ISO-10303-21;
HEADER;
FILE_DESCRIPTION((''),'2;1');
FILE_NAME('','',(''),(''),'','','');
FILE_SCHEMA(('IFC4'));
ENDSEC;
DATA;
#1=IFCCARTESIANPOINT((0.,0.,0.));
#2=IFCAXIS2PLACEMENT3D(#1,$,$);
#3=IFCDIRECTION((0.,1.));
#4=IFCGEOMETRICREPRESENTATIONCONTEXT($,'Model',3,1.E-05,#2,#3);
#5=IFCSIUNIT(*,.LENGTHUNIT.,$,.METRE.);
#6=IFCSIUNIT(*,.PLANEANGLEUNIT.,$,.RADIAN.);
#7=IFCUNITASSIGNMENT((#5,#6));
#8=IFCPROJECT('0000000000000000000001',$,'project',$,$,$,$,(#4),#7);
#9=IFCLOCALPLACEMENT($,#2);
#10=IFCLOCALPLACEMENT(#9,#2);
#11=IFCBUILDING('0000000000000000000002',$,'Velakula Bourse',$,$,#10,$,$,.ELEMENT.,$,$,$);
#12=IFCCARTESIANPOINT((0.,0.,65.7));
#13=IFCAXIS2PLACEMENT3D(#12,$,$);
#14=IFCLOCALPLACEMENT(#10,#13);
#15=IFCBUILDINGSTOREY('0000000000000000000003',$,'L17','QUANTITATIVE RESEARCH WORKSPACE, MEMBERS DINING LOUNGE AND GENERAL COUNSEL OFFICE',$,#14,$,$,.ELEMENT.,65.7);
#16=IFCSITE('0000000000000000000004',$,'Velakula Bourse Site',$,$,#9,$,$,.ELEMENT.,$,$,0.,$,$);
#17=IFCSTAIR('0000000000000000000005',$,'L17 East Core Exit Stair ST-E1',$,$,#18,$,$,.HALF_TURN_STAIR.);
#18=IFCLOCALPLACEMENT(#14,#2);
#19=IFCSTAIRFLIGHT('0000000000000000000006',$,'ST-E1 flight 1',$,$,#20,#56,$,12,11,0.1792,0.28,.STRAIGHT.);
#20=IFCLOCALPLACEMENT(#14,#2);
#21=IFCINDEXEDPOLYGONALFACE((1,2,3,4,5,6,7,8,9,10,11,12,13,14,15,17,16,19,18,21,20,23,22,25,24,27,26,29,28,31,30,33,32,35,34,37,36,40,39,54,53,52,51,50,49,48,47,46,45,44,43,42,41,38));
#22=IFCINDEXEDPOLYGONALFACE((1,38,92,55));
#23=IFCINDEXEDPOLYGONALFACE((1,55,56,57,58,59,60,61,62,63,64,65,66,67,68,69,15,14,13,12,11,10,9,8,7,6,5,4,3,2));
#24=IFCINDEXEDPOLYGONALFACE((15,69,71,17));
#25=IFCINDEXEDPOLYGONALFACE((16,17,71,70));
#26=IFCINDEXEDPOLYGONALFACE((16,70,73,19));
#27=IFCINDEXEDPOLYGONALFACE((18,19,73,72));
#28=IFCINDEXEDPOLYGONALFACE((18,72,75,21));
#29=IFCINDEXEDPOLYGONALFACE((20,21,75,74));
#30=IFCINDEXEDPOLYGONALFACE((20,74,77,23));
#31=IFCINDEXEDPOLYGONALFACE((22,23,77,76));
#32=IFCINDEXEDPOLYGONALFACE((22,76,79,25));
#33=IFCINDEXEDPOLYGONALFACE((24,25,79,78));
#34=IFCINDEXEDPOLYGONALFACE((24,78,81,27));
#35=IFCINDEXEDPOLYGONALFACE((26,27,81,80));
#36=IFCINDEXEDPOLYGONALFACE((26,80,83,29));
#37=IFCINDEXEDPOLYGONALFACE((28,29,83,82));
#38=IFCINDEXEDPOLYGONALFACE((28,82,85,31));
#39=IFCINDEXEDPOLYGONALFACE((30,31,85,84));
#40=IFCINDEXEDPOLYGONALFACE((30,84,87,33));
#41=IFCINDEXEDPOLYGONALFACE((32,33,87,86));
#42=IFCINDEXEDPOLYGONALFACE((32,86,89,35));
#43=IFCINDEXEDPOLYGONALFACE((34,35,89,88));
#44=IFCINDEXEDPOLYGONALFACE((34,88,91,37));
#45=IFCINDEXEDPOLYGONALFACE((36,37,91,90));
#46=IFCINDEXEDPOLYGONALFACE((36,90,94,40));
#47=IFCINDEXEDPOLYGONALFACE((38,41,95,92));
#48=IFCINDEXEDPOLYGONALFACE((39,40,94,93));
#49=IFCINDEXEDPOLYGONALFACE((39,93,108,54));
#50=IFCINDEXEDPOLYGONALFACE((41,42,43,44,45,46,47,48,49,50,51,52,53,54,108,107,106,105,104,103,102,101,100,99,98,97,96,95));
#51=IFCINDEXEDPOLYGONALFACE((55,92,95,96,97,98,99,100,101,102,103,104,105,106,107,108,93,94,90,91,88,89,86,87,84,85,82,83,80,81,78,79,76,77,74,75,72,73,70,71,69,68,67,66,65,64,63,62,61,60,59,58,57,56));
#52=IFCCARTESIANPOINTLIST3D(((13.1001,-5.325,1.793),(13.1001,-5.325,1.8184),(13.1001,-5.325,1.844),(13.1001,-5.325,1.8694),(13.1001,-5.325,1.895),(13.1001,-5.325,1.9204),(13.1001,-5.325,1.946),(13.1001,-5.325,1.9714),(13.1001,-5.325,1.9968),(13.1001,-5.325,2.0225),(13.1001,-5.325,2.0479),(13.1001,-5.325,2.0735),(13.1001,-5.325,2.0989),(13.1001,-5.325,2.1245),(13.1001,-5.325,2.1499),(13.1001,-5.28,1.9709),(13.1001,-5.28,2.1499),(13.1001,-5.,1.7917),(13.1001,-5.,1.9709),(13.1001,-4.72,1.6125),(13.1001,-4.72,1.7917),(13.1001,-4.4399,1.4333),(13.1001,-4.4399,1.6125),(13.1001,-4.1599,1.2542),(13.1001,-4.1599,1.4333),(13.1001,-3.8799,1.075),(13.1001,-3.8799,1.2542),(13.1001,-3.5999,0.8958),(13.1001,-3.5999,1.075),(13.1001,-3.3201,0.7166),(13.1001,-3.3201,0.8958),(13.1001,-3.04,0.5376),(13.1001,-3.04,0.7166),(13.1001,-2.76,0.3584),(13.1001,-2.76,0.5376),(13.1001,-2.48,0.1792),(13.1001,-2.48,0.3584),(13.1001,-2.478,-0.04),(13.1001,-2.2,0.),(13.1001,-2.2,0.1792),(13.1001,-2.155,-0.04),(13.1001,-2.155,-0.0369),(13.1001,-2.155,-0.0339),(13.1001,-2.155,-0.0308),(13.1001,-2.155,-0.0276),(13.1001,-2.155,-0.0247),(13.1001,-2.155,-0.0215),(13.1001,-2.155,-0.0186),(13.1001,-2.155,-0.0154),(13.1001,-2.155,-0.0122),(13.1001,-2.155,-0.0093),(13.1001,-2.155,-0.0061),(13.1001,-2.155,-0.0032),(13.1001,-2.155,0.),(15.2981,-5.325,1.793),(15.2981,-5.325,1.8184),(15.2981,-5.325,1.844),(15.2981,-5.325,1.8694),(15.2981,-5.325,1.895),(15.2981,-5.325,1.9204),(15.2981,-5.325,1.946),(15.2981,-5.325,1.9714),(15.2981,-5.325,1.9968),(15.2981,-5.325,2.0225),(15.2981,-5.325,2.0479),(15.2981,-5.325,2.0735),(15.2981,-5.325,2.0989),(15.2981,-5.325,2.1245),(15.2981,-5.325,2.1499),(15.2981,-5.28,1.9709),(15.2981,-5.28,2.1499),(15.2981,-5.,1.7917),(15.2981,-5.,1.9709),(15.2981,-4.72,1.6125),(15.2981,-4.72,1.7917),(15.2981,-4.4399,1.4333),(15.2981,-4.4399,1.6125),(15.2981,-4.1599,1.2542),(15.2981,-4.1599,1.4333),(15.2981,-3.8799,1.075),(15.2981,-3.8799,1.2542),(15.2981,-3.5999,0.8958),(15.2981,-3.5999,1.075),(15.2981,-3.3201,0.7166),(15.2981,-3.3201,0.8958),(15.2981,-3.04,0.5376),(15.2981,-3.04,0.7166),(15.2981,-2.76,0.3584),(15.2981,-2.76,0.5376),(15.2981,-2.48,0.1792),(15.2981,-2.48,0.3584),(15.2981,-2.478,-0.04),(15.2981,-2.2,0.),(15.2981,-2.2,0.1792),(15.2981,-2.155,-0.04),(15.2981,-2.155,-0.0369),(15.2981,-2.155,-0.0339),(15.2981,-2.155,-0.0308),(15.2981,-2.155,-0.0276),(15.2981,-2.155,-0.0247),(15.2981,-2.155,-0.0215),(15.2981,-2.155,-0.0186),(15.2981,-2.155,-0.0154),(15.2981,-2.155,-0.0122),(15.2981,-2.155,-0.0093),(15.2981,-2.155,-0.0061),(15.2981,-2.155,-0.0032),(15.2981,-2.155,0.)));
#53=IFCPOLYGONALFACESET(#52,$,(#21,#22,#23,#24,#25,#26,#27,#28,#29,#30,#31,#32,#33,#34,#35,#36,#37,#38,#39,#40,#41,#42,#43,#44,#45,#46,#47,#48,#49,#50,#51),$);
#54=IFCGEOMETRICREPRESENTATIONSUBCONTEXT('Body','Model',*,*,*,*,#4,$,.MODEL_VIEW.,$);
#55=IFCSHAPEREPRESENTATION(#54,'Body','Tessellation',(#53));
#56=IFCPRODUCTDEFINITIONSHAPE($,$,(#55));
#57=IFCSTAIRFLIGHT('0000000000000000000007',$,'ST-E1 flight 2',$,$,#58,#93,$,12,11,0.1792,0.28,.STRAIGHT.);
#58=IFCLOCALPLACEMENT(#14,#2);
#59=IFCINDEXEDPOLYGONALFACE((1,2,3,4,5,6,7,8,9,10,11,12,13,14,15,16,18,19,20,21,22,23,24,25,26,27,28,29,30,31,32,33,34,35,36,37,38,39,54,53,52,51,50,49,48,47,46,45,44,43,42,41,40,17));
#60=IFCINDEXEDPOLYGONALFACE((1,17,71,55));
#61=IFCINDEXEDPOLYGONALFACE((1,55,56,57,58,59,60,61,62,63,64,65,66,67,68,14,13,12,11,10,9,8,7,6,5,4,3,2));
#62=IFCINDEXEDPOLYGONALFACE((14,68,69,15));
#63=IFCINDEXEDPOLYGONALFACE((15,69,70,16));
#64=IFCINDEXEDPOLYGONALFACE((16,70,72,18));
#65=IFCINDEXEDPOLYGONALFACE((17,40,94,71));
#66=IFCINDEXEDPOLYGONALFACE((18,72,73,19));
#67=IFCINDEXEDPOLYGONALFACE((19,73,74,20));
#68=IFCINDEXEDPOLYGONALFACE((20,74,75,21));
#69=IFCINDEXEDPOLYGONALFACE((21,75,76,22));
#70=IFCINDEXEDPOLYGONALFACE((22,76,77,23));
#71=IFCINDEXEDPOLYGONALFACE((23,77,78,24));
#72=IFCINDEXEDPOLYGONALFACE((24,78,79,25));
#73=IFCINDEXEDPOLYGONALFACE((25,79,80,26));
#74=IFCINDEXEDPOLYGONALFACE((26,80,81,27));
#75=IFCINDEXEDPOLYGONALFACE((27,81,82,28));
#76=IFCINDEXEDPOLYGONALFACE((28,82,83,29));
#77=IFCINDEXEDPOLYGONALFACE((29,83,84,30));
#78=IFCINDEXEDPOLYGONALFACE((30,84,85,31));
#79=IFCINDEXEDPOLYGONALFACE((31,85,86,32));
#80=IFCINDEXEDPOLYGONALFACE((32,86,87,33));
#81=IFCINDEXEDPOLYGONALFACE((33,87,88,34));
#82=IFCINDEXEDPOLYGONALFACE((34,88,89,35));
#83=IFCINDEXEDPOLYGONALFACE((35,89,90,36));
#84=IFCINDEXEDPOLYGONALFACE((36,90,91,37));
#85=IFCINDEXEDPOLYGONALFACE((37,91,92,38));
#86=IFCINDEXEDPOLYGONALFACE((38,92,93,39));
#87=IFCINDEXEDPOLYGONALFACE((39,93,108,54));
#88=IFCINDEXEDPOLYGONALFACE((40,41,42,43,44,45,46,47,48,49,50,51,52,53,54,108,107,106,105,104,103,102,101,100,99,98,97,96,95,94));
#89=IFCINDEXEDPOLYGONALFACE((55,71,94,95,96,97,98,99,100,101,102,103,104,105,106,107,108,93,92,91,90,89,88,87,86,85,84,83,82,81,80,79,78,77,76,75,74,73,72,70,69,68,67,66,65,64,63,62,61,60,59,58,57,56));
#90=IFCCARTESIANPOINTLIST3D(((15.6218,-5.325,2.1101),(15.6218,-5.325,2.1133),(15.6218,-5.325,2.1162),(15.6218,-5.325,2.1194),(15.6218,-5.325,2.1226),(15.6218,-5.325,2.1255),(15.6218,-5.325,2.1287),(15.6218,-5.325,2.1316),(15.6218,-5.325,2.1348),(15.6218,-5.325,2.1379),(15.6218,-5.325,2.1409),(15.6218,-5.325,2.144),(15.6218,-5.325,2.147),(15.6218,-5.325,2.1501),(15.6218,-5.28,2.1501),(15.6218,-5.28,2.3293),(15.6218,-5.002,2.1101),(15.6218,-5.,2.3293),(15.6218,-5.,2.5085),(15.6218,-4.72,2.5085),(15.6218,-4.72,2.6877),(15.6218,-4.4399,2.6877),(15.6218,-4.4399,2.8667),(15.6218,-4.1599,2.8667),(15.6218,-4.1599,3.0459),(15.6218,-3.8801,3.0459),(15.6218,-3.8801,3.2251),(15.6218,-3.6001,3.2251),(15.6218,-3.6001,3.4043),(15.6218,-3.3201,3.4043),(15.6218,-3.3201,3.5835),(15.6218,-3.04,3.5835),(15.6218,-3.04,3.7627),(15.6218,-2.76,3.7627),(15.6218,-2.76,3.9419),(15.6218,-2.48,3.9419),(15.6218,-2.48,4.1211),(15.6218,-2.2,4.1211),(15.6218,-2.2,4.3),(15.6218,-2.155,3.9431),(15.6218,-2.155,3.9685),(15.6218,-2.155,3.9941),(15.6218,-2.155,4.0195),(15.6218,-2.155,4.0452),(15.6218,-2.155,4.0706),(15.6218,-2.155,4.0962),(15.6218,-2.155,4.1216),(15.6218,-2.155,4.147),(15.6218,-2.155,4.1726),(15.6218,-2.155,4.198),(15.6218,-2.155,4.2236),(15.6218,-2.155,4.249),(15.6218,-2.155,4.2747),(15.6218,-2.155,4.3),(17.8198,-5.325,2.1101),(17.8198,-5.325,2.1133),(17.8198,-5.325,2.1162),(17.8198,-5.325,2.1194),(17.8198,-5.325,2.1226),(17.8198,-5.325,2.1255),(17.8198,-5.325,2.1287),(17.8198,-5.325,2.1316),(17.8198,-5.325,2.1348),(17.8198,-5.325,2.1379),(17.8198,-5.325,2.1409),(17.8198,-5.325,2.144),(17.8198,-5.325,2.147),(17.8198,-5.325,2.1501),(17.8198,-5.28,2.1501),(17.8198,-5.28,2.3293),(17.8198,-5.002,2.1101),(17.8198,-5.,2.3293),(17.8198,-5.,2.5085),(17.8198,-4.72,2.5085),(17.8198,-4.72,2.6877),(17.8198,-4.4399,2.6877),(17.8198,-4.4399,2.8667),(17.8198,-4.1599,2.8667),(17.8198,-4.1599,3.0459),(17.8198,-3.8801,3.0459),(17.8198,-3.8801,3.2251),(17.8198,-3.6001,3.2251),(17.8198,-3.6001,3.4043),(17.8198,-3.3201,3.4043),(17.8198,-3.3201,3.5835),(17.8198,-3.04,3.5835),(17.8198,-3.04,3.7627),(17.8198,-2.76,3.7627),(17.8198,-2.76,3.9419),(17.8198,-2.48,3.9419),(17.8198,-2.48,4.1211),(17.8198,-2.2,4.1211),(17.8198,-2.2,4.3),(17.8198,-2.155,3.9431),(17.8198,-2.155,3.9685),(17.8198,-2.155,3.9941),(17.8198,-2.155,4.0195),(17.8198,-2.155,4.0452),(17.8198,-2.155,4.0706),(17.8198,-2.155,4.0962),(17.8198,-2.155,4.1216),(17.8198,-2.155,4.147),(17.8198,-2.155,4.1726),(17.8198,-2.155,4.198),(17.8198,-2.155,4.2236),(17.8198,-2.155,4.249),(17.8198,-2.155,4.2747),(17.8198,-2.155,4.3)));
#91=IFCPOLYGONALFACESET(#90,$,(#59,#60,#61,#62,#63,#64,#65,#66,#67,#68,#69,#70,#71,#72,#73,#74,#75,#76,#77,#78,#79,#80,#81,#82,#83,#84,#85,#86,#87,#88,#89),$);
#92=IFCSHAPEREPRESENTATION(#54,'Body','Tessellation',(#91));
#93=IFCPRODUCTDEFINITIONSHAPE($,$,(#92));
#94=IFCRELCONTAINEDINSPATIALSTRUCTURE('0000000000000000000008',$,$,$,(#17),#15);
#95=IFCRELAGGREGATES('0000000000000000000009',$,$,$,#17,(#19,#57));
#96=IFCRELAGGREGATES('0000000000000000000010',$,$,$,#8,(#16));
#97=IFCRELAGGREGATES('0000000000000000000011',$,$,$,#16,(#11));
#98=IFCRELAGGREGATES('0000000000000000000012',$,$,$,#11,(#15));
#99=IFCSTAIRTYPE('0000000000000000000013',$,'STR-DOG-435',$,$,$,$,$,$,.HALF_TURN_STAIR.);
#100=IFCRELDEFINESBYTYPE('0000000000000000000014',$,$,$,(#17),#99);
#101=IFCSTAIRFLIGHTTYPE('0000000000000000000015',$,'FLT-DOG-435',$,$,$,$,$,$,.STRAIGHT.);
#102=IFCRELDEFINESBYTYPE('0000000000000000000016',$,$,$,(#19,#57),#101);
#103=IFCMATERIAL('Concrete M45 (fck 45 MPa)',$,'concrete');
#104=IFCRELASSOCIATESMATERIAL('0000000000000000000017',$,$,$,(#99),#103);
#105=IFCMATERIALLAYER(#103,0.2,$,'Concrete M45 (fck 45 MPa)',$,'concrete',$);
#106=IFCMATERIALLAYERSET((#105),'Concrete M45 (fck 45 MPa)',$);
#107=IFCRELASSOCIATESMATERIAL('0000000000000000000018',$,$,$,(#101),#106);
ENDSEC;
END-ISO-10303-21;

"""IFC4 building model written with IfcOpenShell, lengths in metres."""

from ifc_helpers import new_model, si_unit, direction, frame, origin, place, context, subcontext, project, spatial, polyline, outline, extrude, material, layer, layer_set, type_object, element, aggregate, save


model = new_model("IFC4")

# Units and contexts
model_context = context("Model", 3, precision=1e-05, world=origin(), true_north=direction((0.0, 1.0)))
body_context = subcontext(model_context, "Body", "Model", "MODEL_VIEW")
ifc_project = project(units=[si_unit("LENGTHUNIT", "METRE"), si_unit("PLANEANGLEUNIT", "RADIAN")], contexts=[model_context])

# Site, building, storey
site_placement = place(None, origin())
site = spatial("IfcSite", under=ifc_project, at=site_placement, Name="Velakula Bourse Site", CompositionType="ELEMENT", RefElevation=0.0)
building_placement = place(site_placement, origin())
building = spatial("IfcBuilding", under=site, at=building_placement, Name="Velakula Bourse", CompositionType="ELEMENT")
storey_placement = place(building_placement, frame((0.0, 0.0, 65.7)))
storey = spatial("IfcBuildingStorey", under=building, at=storey_placement, Name="L17", Description="QUANTITATIVE RESEARCH WORKSPACE, MEMBERS DINING LOUNGE AND GENERAL COUNSEL OFFICE", CompositionType="ELEMENT", Elevation=65.7)

# Stair, stair flights
ifc_material_1 = material(Name="Concrete M45 (fck 45 MPa)", Category="concrete")
stair_type = type_object("IfcStairType", Name="STR-DOG-435", PredefinedType="HALF_TURN_STAIR", material=ifc_material_1)
stair_placement = place(storey_placement, origin())
stair = element("IfcStair", 1, at=stair_placement, inside=storey, type_object=stair_type, Name="L17 East Core Exit Stair ST-E1", PredefinedType="HALF_TURN_STAIR")
ifc_layer_1 = layer(ifc_material_1, 0.2, Name="Concrete M45 (fck 45 MPa)", Category="concrete")
ifc_layer_set_1 = layer_set([ifc_layer_1], Name="Concrete M45 (fck 45 MPa)")
stair_flight_type = type_object("IfcStairFlightType", Name="FLT-DOG-435", PredefinedType="STRAIGHT", material=ifc_layer_set_1)
stair_flight_1_placement = place(storey_placement, frame((14.199, -2.2, 0.0), z_axis=(0.0, 0.0, 1.0), x_axis=(0.0, -1.0, 0.0)))
stair_flight_1 = element("IfcStairFlight", 2, at=stair_flight_1_placement, type_object=stair_flight_type, Name="ST-E1 flight 1", NumberOfRisers=12, NumberOfTreads=11, PredefinedType="STRAIGHT", RiserHeight=0.1792, TreadLength=0.28, context=body_context, shape_type="SweptSolid", body=[
    extrude(outline(polyline([(-0.0449, -0.04), (-0.0449, -0.0369), (-0.0449, -0.0339), (-0.0449, -0.0308), (-0.0449, -0.0276), (-0.0449, -0.0247), (-0.0449, -0.0215), (-0.0449, -0.0186), (-0.0449, -0.0154), (-0.0449, -0.0122), (-0.0449, -0.0093), (-0.0449, -0.0061), (-0.0449, -0.0032), (-0.0449, 0.0), (0.0, 0.0), (0.0, 0.1792), (0.28, 0.1792), (0.28, 0.3584), (0.5601, 0.3584), (0.5601, 0.5376), (0.8401, 0.5376), (0.8401, 0.7166), (1.1201, 0.7166), (1.1201, 0.8958), (1.3999, 0.8958), (1.3999, 1.075), (1.6799, 1.075), (1.6799, 1.2542), (1.96, 1.2542), (1.96, 1.4333), (2.24, 1.4333), (2.24, 1.6125), (2.52, 1.6125), (2.52, 1.7917), (2.8, 1.7917), (2.8, 1.9709), (3.0801, 1.9709), (3.0801, 2.1499), (3.125, 2.1499), (3.125, 2.1245), (3.125, 2.0989), (3.125, 2.0735), (3.125, 2.0479), (3.125, 2.0225), (3.125, 1.9968), (3.125, 1.9714), (3.125, 1.946), (3.125, 1.9204), (3.125, 1.895), (3.125, 1.8694), (3.125, 1.844), (3.125, 1.8184), (3.125, 1.793), (0.2781, -0.04), (-0.0449, -0.04)])), frame((0.0, 1.0991, 0.0), z_axis=(0.0, -1.0, 0.0), x_axis=(1.0, 0.0, 0.0)), (0.0, 0.0, 1.0), 2.198),
])
stair_flight_2_placement = place(storey_placement, frame((16.7209, -5.28, 2.1501), z_axis=(0.0, 0.0, 1.0), x_axis=(0.0, 1.0, 0.0)))
stair_flight_2 = element("IfcStairFlight", 3, at=stair_flight_2_placement, type_object=stair_flight_type, Name="ST-E1 flight 2", NumberOfRisers=12, NumberOfTreads=11, PredefinedType="STRAIGHT", RiserHeight=0.1792, TreadLength=0.28, context=body_context, shape_type="SweptSolid", body=[
    extrude(outline(polyline([(-0.0449, -0.04), (-0.0449, -0.0369), (-0.0449, -0.0339), (-0.0449, -0.0308), (-0.0449, -0.0276), (-0.0449, -0.0247), (-0.0449, -0.0215), (-0.0449, -0.0186), (-0.0449, -0.0154), (-0.0449, -0.0122), (-0.0449, -0.0093), (-0.0449, -0.0061), (-0.0449, -0.0032), (-0.0449, 0.0), (0.0, 0.0), (0.0, 0.1792), (0.28, 0.1792), (0.28, 0.3584), (0.5601, 0.3584), (0.5601, 0.5376), (0.8401, 0.5376), (0.8401, 0.7166), (1.1201, 0.7166), (1.1201, 0.8958), (1.3999, 0.8958), (1.3999, 1.075), (1.6799, 1.075), (1.6799, 1.2542), (1.96, 1.2542), (1.96, 1.4333), (2.24, 1.4333), (2.24, 1.6125), (2.52, 1.6125), (2.52, 1.7917), (2.8, 1.7917), (2.8, 1.9709), (3.0801, 1.9709), (3.0801, 2.1499), (3.125, 2.1499), (3.125, 2.1245), (3.125, 2.0989), (3.125, 2.0735), (3.125, 2.0479), (3.125, 2.0225), (3.125, 1.9968), (3.125, 1.9714), (3.125, 1.946), (3.125, 1.9204), (3.125, 1.895), (3.125, 1.8694), (3.125, 1.844), (3.125, 1.8184), (3.125, 1.793), (0.2781, -0.04), (-0.0449, -0.04)])), frame((0.0, 1.0991, 0.0), z_axis=(0.0, -1.0, 0.0), x_axis=(1.0, 0.0, 0.0)), (0.0, 0.0, 1.0), 2.198),
])
aggregate(stair, [stair_flight_1, stair_flight_2])

save(model, "model.ifc")
